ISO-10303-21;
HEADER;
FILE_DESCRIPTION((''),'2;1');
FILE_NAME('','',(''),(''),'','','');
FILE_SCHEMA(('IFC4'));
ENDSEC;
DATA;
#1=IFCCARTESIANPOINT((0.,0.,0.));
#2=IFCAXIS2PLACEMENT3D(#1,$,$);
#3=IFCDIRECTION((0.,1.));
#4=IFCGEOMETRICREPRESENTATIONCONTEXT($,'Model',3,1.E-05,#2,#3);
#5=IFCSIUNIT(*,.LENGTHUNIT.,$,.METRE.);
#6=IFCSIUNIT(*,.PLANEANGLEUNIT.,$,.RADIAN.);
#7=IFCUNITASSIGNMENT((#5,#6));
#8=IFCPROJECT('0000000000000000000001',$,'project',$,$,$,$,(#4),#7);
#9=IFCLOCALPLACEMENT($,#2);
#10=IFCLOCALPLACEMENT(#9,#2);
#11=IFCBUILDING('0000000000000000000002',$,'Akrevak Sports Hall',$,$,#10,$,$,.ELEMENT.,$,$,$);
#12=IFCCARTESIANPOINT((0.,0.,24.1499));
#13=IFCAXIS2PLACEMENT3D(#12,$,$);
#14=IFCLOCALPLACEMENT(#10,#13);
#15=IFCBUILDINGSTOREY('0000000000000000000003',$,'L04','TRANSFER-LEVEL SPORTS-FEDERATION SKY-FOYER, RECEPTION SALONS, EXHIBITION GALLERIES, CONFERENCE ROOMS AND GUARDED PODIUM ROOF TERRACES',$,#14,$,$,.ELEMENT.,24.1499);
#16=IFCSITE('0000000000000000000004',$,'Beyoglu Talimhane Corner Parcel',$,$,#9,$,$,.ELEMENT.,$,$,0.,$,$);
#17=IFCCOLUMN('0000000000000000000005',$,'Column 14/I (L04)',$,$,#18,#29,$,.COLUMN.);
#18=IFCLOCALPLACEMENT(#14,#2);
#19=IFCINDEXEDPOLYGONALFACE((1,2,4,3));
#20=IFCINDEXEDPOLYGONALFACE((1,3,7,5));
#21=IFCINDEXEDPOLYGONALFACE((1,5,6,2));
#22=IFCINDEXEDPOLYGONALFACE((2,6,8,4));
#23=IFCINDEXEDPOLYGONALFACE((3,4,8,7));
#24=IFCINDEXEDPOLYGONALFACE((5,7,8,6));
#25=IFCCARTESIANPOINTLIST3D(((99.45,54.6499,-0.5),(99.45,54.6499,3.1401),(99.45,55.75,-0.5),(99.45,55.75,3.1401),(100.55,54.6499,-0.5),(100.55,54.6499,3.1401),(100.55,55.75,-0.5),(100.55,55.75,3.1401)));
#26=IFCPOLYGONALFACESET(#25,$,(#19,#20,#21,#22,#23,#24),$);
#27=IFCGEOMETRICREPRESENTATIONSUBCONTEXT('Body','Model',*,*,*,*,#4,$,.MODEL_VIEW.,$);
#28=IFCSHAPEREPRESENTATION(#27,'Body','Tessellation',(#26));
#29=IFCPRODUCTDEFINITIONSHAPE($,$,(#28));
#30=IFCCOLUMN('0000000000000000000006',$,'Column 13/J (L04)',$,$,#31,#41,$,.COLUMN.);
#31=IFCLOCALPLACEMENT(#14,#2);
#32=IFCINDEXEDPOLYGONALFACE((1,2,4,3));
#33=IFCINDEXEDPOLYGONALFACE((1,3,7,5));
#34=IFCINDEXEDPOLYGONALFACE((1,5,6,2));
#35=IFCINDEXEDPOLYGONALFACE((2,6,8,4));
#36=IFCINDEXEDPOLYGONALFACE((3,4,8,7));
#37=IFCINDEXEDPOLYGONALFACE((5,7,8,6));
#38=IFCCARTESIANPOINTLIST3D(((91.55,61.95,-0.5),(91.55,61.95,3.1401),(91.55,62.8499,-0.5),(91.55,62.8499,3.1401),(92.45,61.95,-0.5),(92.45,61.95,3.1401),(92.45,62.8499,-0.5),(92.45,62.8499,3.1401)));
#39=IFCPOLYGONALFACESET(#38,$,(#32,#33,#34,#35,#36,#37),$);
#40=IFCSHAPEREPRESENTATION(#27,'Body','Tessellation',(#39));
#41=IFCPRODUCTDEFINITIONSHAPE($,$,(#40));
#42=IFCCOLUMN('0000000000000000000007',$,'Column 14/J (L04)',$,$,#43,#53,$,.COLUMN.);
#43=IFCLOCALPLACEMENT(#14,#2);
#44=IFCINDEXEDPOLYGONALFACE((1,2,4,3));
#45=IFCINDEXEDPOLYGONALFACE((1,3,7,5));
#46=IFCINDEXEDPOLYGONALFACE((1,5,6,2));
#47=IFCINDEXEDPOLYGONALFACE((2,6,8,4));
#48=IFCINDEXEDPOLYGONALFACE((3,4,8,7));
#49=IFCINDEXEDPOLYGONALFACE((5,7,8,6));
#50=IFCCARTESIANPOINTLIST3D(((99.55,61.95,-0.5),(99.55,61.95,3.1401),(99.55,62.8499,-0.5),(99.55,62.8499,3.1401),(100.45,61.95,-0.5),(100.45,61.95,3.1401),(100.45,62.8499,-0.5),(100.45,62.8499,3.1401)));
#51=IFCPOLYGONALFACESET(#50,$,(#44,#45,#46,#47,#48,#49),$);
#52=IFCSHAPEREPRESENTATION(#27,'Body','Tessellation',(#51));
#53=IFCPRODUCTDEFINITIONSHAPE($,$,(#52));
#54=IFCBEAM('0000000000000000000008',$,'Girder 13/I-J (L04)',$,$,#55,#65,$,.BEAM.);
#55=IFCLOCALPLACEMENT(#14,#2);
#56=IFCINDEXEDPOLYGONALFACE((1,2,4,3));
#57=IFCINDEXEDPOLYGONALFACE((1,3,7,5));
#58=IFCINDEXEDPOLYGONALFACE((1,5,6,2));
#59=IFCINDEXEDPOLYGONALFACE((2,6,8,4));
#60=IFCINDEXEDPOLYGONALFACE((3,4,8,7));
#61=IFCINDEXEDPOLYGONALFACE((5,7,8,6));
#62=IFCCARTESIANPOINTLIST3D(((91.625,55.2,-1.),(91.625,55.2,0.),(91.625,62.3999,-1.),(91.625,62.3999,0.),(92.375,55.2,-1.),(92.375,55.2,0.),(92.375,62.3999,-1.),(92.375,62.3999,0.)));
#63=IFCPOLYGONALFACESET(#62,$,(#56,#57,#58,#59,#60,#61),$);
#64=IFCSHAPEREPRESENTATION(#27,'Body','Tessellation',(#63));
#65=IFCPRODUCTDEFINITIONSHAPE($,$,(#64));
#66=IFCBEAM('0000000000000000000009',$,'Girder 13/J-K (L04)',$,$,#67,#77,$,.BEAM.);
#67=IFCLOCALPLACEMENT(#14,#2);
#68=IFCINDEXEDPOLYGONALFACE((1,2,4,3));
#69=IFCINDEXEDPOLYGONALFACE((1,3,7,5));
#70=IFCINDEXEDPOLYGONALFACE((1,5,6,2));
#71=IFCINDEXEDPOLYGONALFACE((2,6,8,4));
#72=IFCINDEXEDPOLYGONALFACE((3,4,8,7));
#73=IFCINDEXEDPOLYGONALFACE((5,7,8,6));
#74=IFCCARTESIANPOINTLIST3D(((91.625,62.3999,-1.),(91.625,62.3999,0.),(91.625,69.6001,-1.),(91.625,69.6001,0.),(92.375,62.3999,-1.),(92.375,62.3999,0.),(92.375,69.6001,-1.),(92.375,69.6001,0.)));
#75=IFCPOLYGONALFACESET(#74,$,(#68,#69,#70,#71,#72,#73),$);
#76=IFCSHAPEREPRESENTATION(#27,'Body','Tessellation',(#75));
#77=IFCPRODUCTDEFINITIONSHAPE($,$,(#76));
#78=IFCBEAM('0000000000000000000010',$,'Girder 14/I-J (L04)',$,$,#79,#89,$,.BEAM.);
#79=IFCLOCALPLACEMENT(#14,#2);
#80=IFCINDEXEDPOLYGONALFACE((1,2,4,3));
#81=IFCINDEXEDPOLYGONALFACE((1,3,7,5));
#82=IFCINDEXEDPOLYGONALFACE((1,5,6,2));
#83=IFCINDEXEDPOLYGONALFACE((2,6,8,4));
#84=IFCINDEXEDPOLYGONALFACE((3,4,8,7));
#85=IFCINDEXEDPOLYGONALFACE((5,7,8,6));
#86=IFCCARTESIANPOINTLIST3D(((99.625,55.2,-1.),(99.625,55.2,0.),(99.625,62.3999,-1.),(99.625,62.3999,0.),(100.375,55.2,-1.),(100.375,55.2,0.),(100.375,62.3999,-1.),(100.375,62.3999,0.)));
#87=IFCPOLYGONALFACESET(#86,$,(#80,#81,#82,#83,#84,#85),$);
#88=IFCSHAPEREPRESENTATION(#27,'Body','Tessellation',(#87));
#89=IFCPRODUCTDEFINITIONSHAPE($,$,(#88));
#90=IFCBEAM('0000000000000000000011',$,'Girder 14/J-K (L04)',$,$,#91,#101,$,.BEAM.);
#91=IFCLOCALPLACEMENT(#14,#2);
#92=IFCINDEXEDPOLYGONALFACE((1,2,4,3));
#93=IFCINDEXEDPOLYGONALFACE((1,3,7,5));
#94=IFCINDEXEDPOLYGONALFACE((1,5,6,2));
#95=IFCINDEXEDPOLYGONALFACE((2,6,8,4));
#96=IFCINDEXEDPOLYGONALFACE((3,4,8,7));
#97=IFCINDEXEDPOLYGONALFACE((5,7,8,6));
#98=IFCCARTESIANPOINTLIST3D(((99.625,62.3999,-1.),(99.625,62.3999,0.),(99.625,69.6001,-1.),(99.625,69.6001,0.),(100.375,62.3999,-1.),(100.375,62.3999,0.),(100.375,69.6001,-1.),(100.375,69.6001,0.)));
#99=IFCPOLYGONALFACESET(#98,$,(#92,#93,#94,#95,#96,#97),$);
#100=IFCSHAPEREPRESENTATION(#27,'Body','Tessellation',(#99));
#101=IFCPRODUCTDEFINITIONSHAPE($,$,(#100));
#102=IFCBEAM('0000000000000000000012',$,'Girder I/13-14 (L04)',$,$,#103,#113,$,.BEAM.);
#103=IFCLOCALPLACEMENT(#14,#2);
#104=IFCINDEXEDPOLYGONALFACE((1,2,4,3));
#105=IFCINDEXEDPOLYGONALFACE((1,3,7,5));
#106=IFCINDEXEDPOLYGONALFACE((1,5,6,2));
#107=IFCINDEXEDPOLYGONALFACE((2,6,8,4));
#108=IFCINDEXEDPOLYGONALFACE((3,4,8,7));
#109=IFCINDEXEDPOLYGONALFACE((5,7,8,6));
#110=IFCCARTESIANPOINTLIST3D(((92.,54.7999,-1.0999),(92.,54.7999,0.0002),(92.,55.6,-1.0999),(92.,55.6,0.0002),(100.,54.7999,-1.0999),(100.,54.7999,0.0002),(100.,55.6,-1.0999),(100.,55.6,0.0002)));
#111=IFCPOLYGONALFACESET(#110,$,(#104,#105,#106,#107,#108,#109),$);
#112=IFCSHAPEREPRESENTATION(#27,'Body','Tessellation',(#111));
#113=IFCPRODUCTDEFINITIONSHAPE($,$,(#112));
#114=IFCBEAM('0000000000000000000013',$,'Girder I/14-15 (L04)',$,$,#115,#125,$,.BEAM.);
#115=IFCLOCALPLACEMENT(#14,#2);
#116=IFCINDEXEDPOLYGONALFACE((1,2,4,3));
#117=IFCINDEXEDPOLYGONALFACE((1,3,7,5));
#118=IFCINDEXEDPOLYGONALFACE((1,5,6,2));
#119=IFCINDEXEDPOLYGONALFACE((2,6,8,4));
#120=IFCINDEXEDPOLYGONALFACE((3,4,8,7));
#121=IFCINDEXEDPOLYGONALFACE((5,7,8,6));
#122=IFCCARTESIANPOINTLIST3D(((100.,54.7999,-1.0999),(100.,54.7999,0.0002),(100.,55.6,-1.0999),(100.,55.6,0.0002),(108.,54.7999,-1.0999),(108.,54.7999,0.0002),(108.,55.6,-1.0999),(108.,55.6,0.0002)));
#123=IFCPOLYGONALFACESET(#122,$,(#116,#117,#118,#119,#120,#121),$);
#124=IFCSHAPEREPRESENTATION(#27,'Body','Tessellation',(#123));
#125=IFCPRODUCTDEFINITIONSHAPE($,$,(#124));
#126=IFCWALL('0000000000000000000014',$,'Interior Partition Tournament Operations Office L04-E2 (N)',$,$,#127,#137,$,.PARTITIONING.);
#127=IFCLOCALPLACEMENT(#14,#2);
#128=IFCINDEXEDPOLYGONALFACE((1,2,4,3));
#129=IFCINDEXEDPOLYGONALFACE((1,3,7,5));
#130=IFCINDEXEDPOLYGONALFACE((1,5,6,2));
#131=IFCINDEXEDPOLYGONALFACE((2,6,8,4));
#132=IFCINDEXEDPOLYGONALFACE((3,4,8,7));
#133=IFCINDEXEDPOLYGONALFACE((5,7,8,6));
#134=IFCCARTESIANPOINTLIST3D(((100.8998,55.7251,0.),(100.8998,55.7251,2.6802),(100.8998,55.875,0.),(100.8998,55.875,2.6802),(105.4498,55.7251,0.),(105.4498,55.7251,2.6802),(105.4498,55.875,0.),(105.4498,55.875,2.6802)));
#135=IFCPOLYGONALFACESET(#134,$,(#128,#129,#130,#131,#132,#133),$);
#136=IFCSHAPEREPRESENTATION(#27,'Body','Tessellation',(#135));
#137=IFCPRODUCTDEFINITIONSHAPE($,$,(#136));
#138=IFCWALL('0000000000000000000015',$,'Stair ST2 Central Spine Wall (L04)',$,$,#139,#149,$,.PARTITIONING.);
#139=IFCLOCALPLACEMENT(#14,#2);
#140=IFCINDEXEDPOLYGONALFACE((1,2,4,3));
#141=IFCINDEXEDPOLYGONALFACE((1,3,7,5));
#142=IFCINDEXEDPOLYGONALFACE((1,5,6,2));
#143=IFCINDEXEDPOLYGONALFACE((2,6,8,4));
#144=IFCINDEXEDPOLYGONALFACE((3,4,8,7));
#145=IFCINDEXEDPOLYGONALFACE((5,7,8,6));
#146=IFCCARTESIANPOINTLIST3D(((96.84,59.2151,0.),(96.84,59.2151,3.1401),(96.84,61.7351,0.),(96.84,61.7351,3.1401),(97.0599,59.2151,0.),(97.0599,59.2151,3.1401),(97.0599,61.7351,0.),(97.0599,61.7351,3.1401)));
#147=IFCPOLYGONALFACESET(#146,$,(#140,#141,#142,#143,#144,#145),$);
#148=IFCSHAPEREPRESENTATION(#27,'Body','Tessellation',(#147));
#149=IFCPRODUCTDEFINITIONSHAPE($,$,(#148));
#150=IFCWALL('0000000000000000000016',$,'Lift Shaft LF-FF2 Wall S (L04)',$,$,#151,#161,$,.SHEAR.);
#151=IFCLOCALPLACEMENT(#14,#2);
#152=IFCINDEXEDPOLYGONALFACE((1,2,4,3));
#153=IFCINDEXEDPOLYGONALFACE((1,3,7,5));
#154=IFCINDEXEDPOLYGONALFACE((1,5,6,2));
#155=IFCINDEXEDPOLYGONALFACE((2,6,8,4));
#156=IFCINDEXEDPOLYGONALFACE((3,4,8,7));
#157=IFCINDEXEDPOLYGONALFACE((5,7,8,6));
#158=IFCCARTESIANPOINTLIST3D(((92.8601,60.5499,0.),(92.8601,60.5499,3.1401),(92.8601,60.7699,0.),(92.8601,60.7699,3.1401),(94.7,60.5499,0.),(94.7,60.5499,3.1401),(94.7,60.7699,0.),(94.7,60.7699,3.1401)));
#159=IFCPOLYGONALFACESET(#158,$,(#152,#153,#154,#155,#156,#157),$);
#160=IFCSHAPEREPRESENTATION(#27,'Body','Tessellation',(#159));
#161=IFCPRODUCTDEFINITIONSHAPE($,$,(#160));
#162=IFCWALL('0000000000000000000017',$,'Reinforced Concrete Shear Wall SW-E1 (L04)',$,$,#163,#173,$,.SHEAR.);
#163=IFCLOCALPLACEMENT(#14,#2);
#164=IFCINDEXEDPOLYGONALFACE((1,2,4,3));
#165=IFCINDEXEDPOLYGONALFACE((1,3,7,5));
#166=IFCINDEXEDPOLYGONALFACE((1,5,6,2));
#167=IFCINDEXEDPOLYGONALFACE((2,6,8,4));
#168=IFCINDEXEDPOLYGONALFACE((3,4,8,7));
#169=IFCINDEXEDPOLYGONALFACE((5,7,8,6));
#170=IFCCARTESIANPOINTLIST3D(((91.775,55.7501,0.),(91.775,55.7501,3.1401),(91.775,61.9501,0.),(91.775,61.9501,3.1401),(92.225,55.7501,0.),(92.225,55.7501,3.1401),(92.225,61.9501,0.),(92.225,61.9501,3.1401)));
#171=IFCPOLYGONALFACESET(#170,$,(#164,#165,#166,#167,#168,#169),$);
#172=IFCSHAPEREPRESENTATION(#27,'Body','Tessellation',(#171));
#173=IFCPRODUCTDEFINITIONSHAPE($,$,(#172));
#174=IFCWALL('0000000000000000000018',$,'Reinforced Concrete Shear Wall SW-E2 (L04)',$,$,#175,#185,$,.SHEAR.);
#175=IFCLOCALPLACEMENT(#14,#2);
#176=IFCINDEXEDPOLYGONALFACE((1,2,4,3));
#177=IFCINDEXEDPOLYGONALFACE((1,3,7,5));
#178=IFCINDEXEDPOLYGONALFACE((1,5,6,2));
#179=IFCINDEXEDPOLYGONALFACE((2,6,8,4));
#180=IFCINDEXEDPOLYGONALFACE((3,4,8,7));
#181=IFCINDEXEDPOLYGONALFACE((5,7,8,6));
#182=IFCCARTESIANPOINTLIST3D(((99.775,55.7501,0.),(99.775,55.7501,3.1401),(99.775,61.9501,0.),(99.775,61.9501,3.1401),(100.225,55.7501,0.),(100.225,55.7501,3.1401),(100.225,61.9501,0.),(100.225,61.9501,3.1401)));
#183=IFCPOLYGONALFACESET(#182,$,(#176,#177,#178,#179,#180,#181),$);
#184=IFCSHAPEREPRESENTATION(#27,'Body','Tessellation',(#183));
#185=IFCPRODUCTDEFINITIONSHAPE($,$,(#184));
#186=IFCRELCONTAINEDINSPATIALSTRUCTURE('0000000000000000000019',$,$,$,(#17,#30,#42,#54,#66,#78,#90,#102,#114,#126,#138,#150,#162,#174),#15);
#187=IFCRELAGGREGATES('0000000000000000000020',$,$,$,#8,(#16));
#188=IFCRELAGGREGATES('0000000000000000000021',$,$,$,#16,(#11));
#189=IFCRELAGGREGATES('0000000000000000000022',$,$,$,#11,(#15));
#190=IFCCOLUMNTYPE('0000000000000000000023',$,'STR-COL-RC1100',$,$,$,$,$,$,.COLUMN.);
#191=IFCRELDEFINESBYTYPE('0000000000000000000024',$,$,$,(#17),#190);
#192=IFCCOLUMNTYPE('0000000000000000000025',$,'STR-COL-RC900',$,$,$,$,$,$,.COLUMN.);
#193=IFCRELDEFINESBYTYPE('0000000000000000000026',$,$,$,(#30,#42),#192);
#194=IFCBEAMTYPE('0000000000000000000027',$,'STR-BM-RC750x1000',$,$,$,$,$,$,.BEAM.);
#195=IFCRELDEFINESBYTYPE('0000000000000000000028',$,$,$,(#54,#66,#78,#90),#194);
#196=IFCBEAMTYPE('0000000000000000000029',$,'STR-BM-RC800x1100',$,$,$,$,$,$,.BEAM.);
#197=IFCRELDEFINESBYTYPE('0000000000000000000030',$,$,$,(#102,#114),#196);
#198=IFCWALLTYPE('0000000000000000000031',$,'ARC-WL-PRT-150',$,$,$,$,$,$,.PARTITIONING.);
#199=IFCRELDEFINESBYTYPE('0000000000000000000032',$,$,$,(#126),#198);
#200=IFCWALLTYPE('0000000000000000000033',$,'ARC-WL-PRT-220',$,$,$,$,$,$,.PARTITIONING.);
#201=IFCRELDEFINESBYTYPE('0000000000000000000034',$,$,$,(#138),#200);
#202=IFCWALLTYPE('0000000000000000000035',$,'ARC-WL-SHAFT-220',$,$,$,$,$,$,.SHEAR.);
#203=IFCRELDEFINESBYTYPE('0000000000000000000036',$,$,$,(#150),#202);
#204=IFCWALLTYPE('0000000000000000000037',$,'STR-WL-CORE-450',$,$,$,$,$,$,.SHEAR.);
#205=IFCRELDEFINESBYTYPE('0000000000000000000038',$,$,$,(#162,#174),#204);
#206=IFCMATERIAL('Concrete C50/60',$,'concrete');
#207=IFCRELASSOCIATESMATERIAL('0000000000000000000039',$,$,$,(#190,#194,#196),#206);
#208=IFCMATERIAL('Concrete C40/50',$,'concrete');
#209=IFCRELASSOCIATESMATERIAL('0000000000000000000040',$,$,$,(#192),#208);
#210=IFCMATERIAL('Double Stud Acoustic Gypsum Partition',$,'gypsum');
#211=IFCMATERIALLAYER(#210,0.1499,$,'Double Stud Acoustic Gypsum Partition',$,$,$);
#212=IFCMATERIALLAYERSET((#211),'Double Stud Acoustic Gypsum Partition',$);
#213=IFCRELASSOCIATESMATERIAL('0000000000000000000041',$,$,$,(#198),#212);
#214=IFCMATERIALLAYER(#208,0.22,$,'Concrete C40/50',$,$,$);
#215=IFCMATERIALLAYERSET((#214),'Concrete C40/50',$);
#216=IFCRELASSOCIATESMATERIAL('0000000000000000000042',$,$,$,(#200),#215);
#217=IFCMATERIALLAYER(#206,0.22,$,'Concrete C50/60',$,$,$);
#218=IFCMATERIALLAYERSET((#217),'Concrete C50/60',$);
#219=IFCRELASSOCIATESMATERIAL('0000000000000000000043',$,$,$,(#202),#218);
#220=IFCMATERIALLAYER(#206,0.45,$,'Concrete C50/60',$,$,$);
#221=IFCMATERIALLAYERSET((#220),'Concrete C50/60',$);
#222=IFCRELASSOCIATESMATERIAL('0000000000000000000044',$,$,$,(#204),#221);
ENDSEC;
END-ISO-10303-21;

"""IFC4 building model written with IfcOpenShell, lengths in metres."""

from ifc_helpers import new_model, si_unit, direction, frame, frame_2d, origin, origin_2d, place, context, subcontext, project, spatial, rectangle, extrude, material, layer, layer_set, material_profile, profile_set, type_object, element, save


model = new_model("IFC4")

# Units and contexts
model_context = context("Model", 3, precision=1e-05, world=origin(), true_north=direction((0.0, 1.0)))
body_context = subcontext(model_context, "Body", "Model", "MODEL_VIEW")
ifc_project = project(units=[si_unit("LENGTHUNIT", "METRE"), si_unit("PLANEANGLEUNIT", "RADIAN")], contexts=[model_context])

# Site, building, storey
site_placement = place(None, origin())
site = spatial("IfcSite", under=ifc_project, at=site_placement, Name="Beyoglu Talimhane Corner Parcel", CompositionType="ELEMENT", RefElevation=0.0)
building_placement = place(site_placement, origin())
building = spatial("IfcBuilding", under=site, at=building_placement, Name="Akrevak Sports Hall", CompositionType="ELEMENT")
storey_placement = place(building_placement, frame((0.0, 0.0, 24.1499)))
storey = spatial("IfcBuildingStorey", under=building, at=storey_placement, Name="L04", Description="TRANSFER-LEVEL SPORTS-FEDERATION SKY-FOYER, RECEPTION SALONS, EXHIBITION GALLERIES, CONFERENCE ROOMS AND GUARDED PODIUM ROOF TERRACES", CompositionType="ELEMENT", Elevation=24.1499)

# Columns
ifc_material_1 = material(Name="Concrete C50/60", Category="concrete")
ifc_material_profile_1 = material_profile(ifc_material_1, rectangle(XDim=1.1001, YDim=1.1001, at=origin_2d()), Name="RC 1100x1100", Category="concrete")
ifc_profile_set_1 = profile_set([ifc_material_profile_1], Name="Concrete C50/60")
column_type_1 = type_object("IfcColumnType", Name="STR-COL-RC1100", PredefinedType="COLUMN", material=ifc_profile_set_1)
column_placement = place(storey_placement, frame((100.0, 55.2, -0.5), z_axis=(0.0, 0.0, 1.0), x_axis=(1.0, 0.0, 0.0)))
element("IfcColumn", 1, at=column_placement, inside=storey, type_object=column_type_1, Name="Column 14/I (L04)", PredefinedType="COLUMN", context=body_context, shape_type="SweptSolid", body=[
    extrude(rectangle(XDim=1.1001, YDim=1.1001, at=origin_2d()), origin(), (0.0, 0.0, 1.0), 3.6401),
])
ifc_material_2 = material(Name="Concrete C40/50", Category="concrete")
ifc_material_profile_2 = material_profile(ifc_material_2, rectangle(XDim=0.8999, YDim=0.8999, at=origin_2d()), Name="RC 900x900", Category="concrete")
ifc_profile_set_2 = profile_set([ifc_material_profile_2], Name="Concrete C40/50")
column_type_2 = type_object("IfcColumnType", Name="STR-COL-RC900", PredefinedType="COLUMN", material=ifc_profile_set_2)
for number, where, z_axis, x_axis, name in (
    (2, (92.0, 62.3999, -0.5), (0.0, 0.0, 1.0), (1.0, 0.0, 0.0), "Column 13/J (L04)"),
    (3, (100.0, 62.3999, -0.5), (0.0, 0.0, 1.0), (1.0, 0.0, 0.0), "Column 14/J (L04)"),
):
    element("IfcColumn", number, at=place(storey_placement, frame(where, z_axis=z_axis, x_axis=x_axis)), inside=storey, type_object=column_type_2, Name=name, PredefinedType="COLUMN", context=body_context, shape_type="SweptSolid", body=[
        extrude(rectangle(XDim=0.8999, YDim=0.8999, at=origin_2d()), origin(), (0.0, 0.0, 1.0), 3.6401),
    ])

# Beams
ifc_material_profile_3 = material_profile(ifc_material_1, rectangle(XDim=0.75, YDim=1.0, at=origin_2d()), Name="BM 750x1000", Category="concrete")
ifc_profile_set_3 = profile_set([ifc_material_profile_3], Name="Concrete C50/60")
beam_type_1 = type_object("IfcBeamType", Name="STR-BM-RC750x1000", PredefinedType="BEAM", material=ifc_profile_set_3)
beam_1_placement = place(storey_placement, frame((92.0, 55.2, -0.5), z_axis=(0.0, 1.0, 0.0), x_axis=(-1.0, 0.0, 0.0)))
element("IfcBeam", 4, at=beam_1_placement, inside=storey, type_object=beam_type_1, Name="Girder 13/I-J (L04)", PredefinedType="BEAM", context=body_context, shape_type="SweptSolid", body=[
    extrude(rectangle(XDim=0.75, YDim=1.0, at=origin_2d()), origin(), (0.0, 0.0, 1.0), 7.2),
])
beam_2_placement = place(storey_placement, frame((92.0, 62.3999, -0.5), z_axis=(0.0, 1.0, 0.0), x_axis=(-1.0, 0.0, 0.0)))
element("IfcBeam", 5, at=beam_2_placement, inside=storey, type_object=beam_type_1, Name="Girder 13/J-K (L04)", PredefinedType="BEAM", context=body_context, shape_type="SweptSolid", body=[
    extrude(rectangle(XDim=0.75, YDim=1.0, at=origin_2d()), origin(), (0.0, 0.0, 1.0), 7.2002),
])
beam_3_placement = place(storey_placement, frame((100.0, 55.2, -0.5), z_axis=(0.0, 1.0, 0.0), x_axis=(-1.0, 0.0, 0.0)))
element("IfcBeam", 6, at=beam_3_placement, inside=storey, type_object=beam_type_1, Name="Girder 14/I-J (L04)", PredefinedType="BEAM", context=body_context, shape_type="SweptSolid", body=[
    extrude(rectangle(XDim=0.75, YDim=1.0, at=origin_2d()), origin(), (0.0, 0.0, 1.0), 7.2),
])
beam_4_placement = place(storey_placement, frame((100.0, 62.3999, -0.5), z_axis=(0.0, 1.0, 0.0), x_axis=(-1.0, 0.0, 0.0)))
element("IfcBeam", 7, at=beam_4_placement, inside=storey, type_object=beam_type_1, Name="Girder 14/J-K (L04)", PredefinedType="BEAM", context=body_context, shape_type="SweptSolid", body=[
    extrude(rectangle(XDim=0.75, YDim=1.0, at=origin_2d()), origin(), (0.0, 0.0, 1.0), 7.2002),
])
ifc_material_profile_4 = material_profile(ifc_material_1, rectangle(XDim=0.8, YDim=1.1001, at=origin_2d()), Name="BM 800x1100", Category="concrete")
ifc_profile_set_4 = profile_set([ifc_material_profile_4], Name="Concrete C50/60")
beam_type_2 = type_object("IfcBeamType", Name="STR-BM-RC800x1100", PredefinedType="BEAM", material=ifc_profile_set_4)
for number, where, z_axis, x_axis, name in (
    (8, (92.0, 55.2, -0.5498), (1.0, 0.0, 0.0), (0.0, 1.0, 0.0), "Girder I/13-14 (L04)"),
    (9, (100.0, 55.2, -0.5498), (1.0, 0.0, 0.0), (0.0, 1.0, 0.0), "Girder I/14-15 (L04)"),
):
    element("IfcBeam", number, at=place(storey_placement, frame(where, z_axis=z_axis, x_axis=x_axis)), inside=storey, type_object=beam_type_2, Name=name, PredefinedType="BEAM", context=body_context, shape_type="SweptSolid", body=[
        extrude(rectangle(XDim=0.8, YDim=1.1001, at=origin_2d()), origin(), (0.0, 0.0, 1.0), 8.0),
    ])

# Walls
ifc_material_3 = material(Name="Double Stud Acoustic Gypsum Partition", Category="gypsum")
ifc_layer_1 = layer(ifc_material_3, 0.1499, Name="Double Stud Acoustic Gypsum Partition")
ifc_layer_set_1 = layer_set([ifc_layer_1], Name="Double Stud Acoustic Gypsum Partition")
wall_type_1 = type_object("IfcWallType", Name="ARC-WL-PRT-150", PredefinedType="PARTITIONING", material=ifc_layer_set_1)
wall_1_placement = place(storey_placement, frame((100.8999, 55.8, 0.0), z_axis=(0.0, 0.0, 1.0), x_axis=(1.0, 0.0, 0.0)))
element("IfcWall", 10, at=wall_1_placement, inside=storey, type_object=wall_type_1, Name="Interior Partition Tournament Operations Office L04-E2 (N)", PredefinedType="PARTITIONING", context=body_context, shape_type="SweptSolid", body=[
    extrude(rectangle(XDim=4.55, YDim=0.1499, at=frame_2d((2.2749, 0.0))), origin(), (0.0, 0.0, 1.0), 2.6802),
])
ifc_layer_2 = layer(ifc_material_2, 0.22, Name="Concrete C40/50")
ifc_layer_set_2 = layer_set([ifc_layer_2], Name="Concrete C40/50")
wall_type_2 = type_object("IfcWallType", Name="ARC-WL-PRT-220", PredefinedType="PARTITIONING", material=ifc_layer_set_2)
wall_2_placement = place(storey_placement, frame((96.95, 59.2151, 0.0), z_axis=(0.0, 0.0, 1.0), x_axis=(0.0, 1.0, 0.0)))
element("IfcWall", 11, at=wall_2_placement, inside=storey, type_object=wall_type_2, Name="Stair ST2 Central Spine Wall (L04)", PredefinedType="PARTITIONING", context=body_context, shape_type="SweptSolid", body=[
    extrude(rectangle(XDim=2.52, YDim=0.22, at=frame_2d((1.26, 0.0))), origin(), (0.0, 0.0, 1.0), 3.1401),
])
ifc_layer_3 = layer(ifc_material_1, 0.22, Name="Concrete C50/60")
ifc_layer_set_3 = layer_set([ifc_layer_3], Name="Concrete C50/60")
wall_type_3 = type_object("IfcWallType", Name="ARC-WL-SHAFT-220", PredefinedType="SHEAR", material=ifc_layer_set_3)
wall_3_placement = place(storey_placement, frame((92.8601, 60.6599, 0.0), z_axis=(0.0, 0.0, 1.0), x_axis=(1.0, 0.0, 0.0)))
element("IfcWall", 12, at=wall_3_placement, inside=storey, type_object=wall_type_3, Name="Lift Shaft LF-FF2 Wall S (L04)", PredefinedType="SHEAR", context=body_context, shape_type="SweptSolid", body=[
    extrude(rectangle(XDim=1.8398, YDim=0.22, at=frame_2d((0.9199, 0.0))), origin(), (0.0, 0.0, 1.0), 3.1401),
])
ifc_layer_4 = layer(ifc_material_1, 0.45, Name="Concrete C50/60")
ifc_layer_set_4 = layer_set([ifc_layer_4], Name="Concrete C50/60")
wall_type_4 = type_object("IfcWallType", Name="STR-WL-CORE-450", PredefinedType="SHEAR", material=ifc_layer_set_4)
for number, where, z_axis, x_axis, name in (
    (13, (92.0, 55.75, 0.0), (0.0, 0.0, 1.0), (0.0, 1.0, 0.0), "Reinforced Concrete Shear Wall SW-E1 (L04)"),
    (14, (100.0, 55.75, 0.0), (0.0, 0.0, 1.0), (0.0, 1.0, 0.0), "Reinforced Concrete Shear Wall SW-E2 (L04)"),
):
    element("IfcWall", number, at=place(storey_placement, frame(where, z_axis=z_axis, x_axis=x_axis)), inside=storey, type_object=wall_type_4, Name=name, PredefinedType="SHEAR", context=body_context, shape_type="SweptSolid", body=[
        extrude(rectangle(XDim=6.2, YDim=0.45, at=frame_2d((3.1001, 0.0))), origin(), (0.0, 0.0, 1.0), 3.1401),
    ])

save(model, "model.ifc")
